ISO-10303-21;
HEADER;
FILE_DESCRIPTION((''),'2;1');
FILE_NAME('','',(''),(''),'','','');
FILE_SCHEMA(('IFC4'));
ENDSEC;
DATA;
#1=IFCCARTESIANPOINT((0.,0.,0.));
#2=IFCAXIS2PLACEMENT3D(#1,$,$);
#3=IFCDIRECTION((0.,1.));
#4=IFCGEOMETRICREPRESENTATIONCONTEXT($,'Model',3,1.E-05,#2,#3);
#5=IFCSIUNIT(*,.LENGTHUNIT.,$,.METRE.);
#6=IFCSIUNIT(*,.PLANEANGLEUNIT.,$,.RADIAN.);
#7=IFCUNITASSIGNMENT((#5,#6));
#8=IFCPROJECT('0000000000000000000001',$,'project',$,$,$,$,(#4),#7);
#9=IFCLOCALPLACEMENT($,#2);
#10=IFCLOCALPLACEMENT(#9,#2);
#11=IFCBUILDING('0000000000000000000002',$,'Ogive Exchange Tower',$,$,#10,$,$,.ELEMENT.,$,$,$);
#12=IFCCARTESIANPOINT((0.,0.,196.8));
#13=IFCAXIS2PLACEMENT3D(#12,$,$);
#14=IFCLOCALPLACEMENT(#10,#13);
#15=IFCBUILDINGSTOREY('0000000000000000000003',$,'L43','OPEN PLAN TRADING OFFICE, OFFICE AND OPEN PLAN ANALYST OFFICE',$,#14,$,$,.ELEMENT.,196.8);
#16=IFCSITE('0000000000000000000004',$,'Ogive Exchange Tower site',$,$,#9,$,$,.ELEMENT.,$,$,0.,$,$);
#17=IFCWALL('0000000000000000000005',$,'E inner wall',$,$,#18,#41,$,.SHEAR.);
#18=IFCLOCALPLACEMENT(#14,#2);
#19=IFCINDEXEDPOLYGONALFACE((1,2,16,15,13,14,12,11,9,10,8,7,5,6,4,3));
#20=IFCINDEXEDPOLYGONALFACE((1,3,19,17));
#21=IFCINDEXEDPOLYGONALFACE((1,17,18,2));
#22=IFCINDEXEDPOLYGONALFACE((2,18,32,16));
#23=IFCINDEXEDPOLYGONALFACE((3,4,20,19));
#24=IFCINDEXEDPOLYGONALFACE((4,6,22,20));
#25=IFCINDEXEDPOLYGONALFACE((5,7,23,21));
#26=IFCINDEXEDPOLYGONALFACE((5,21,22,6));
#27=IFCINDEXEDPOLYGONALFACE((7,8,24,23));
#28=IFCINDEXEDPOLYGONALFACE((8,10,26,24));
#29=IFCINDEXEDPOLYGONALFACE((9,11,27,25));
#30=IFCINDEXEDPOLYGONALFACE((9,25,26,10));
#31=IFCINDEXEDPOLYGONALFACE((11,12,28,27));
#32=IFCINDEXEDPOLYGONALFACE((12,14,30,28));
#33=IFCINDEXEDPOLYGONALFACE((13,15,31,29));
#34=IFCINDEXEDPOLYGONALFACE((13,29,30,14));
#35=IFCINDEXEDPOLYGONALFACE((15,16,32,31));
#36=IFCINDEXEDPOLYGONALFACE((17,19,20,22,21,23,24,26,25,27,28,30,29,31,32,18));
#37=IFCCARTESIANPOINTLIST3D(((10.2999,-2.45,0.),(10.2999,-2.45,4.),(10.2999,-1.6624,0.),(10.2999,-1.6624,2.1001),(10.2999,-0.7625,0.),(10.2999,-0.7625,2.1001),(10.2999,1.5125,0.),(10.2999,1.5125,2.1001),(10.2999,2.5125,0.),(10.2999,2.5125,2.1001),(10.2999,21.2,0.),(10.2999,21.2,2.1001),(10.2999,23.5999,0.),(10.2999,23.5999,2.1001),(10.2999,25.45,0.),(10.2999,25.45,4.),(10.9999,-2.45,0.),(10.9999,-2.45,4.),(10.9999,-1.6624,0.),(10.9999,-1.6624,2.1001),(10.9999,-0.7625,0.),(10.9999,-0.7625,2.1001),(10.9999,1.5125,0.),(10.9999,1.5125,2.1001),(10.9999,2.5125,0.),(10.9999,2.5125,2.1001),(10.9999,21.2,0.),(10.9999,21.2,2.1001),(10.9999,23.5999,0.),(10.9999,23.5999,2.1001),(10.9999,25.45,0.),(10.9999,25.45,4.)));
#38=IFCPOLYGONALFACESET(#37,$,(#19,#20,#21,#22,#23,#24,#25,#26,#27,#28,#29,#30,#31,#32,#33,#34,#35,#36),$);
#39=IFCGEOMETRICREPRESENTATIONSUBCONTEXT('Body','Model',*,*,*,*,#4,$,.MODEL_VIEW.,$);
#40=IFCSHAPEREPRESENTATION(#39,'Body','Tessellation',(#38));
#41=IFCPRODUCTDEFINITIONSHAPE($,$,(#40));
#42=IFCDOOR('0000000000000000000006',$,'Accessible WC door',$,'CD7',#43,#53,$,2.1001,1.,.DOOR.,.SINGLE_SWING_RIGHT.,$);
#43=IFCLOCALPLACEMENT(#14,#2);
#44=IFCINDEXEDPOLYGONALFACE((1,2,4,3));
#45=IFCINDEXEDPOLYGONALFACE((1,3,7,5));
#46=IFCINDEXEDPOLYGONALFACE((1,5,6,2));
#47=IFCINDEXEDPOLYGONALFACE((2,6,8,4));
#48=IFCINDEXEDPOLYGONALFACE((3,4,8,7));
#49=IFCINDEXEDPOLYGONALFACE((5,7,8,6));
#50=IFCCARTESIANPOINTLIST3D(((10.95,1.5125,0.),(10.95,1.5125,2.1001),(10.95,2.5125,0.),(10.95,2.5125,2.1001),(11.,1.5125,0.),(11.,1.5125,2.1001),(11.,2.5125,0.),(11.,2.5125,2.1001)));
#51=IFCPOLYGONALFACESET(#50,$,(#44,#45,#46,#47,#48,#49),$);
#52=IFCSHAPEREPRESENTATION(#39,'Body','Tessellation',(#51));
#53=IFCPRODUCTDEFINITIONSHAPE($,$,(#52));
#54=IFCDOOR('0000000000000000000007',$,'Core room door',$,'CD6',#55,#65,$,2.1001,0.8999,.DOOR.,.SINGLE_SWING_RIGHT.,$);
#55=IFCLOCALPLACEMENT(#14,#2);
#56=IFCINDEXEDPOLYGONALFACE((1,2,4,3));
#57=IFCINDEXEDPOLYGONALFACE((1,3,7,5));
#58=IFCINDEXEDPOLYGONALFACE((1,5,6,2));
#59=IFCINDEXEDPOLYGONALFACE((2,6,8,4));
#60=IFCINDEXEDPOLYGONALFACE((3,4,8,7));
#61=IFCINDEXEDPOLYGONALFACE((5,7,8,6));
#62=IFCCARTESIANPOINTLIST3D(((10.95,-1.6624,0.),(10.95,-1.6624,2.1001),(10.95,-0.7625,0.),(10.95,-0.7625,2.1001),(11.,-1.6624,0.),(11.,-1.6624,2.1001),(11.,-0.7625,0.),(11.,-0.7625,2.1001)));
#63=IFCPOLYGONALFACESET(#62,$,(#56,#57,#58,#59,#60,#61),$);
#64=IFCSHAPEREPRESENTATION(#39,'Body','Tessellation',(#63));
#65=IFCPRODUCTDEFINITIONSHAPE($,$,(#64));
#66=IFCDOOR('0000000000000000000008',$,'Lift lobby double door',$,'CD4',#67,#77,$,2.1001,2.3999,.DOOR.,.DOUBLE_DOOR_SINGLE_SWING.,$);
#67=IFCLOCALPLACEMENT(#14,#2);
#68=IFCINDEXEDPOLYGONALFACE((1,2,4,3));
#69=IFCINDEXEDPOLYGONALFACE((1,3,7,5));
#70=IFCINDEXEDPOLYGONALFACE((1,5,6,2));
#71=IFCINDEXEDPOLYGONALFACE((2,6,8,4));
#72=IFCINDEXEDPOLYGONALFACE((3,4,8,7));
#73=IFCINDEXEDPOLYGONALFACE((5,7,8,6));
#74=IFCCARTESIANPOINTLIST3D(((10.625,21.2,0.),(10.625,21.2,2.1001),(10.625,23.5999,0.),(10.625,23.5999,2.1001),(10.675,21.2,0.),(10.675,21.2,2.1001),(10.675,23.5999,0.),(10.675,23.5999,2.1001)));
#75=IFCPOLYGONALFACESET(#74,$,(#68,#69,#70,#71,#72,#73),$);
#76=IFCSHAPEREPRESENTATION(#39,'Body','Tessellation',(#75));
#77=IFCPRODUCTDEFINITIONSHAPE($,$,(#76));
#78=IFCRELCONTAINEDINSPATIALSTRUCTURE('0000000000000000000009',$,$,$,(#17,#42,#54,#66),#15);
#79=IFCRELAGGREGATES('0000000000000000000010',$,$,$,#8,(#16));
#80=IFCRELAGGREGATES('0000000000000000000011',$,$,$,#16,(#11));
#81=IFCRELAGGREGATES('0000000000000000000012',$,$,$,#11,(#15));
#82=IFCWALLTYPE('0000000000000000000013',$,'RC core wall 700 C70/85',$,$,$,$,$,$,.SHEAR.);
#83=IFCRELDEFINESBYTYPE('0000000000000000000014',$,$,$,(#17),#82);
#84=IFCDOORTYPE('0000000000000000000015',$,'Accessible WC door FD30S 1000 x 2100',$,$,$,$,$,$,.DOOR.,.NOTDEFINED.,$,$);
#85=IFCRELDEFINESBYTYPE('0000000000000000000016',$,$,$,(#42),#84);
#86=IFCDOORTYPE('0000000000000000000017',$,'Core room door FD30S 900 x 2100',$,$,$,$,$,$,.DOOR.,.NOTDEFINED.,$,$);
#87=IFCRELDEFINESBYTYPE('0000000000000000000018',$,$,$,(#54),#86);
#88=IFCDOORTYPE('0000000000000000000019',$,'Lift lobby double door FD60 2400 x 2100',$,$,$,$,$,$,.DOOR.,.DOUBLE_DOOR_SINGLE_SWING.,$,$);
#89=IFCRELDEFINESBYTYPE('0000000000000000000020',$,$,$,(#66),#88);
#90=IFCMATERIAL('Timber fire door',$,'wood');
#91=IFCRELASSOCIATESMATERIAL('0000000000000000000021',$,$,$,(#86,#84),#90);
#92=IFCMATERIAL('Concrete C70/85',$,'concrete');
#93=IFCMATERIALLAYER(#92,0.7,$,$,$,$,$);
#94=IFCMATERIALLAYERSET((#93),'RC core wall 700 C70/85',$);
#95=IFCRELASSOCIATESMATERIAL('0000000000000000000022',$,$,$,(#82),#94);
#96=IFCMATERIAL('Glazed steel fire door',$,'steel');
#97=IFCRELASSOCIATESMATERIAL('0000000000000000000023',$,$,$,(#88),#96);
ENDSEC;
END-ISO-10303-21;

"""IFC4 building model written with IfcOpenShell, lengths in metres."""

from ifc_helpers import new_model, si_unit, direction, frame, frame_2d, origin, place, context, subcontext, project, spatial, rectangle, extrude, material, layer, layer_set, type_object, element, fill, save


model = new_model("IFC4")

# Units and contexts
model_context = context("Model", 3, precision=1e-05, world=origin(), true_north=direction((0.0, 1.0)))
body_context = subcontext(model_context, "Body", "Model", "MODEL_VIEW")
ifc_project = project(units=[si_unit("LENGTHUNIT", "METRE"), si_unit("PLANEANGLEUNIT", "RADIAN")], contexts=[model_context])

# Site, building, storey
site_placement = place(None, origin())
site = spatial("IfcSite", under=ifc_project, at=site_placement, Name="Ogive Exchange Tower site", CompositionType="ELEMENT", RefElevation=0.0)
building_placement = place(site_placement, origin())
building = spatial("IfcBuilding", under=site, at=building_placement, Name="Ogive Exchange Tower", CompositionType="ELEMENT")
storey_placement = place(building_placement, frame((0.0, 0.0, 196.8)))
storey = spatial("IfcBuildingStorey", under=building, at=storey_placement, Name="L43", Description="OPEN PLAN TRADING OFFICE, OFFICE AND OPEN PLAN ANALYST OFFICE", CompositionType="ELEMENT", Elevation=196.8)

# Shared definitions
ifc_material_1 = material(Name="Concrete C70/85", Category="concrete")

# Shared definitions
ifc_material_2 = material(Name="Timber fire door", Category="wood")
door_type_1 = type_object("IfcDoorType", Name="Core room door FD30S 900 x 2100", OperationType="NOTDEFINED", PredefinedType="DOOR", material=ifc_material_2)

# Wall, openings, doors
ifc_layer_1 = layer(ifc_material_1, 0.7)
ifc_layer_set_1 = layer_set([ifc_layer_1], Name="RC core wall 700 C70/85")
wall_type_1 = type_object("IfcWallType", Name="RC core wall 700 C70/85", PredefinedType="SHEAR", material=ifc_layer_set_1)
wall_1_placement = place(storey_placement, frame((10.6499, -2.45, 0.0), z_axis=(0.0, 0.0, 1.0), x_axis=(0.0, 1.0, 0.0)))
wall_1 = element("IfcWall", 1, at=wall_1_placement, inside=storey, type_object=wall_type_1, Name="E inner wall", PredefinedType="SHEAR", context=body_context, shape_type="SweptSolid", body=[
    extrude(rectangle(XDim=27.8999, YDim=0.7, at=frame_2d((13.95, 0.0))), origin(), (0.0, 0.0, 1.0), 4.0),
])
opening_1_placement = place(wall_1_placement, frame((23.6499, 0.0, 0.0)))
opening_1 = element("IfcOpeningElement", 2, at=opening_1_placement, cuts=wall_1, PredefinedType="OPENING", context=body_context, shape_type="SweptSolid", body=[
    extrude(rectangle(XDim=2.3999, YDim=2.1001, at=frame_2d((1.2, 1.05))), frame((0.0, 0.3599, 0.0), z_axis=(0.0, -1.0, 0.0), x_axis=(1.0, 0.0, 0.0)), (0.0, 0.0, 1.0), 0.72),
])
opening_2_placement = place(wall_1_placement, frame((0.7876, 0.0, 0.0)))
opening_2 = element("IfcOpeningElement", 3, at=opening_2_placement, cuts=wall_1, PredefinedType="OPENING", context=body_context, shape_type="SweptSolid", body=[
    extrude(rectangle(XDim=0.8999, YDim=2.1001, at=frame_2d((0.45, 1.05))), frame((0.0, 0.3599, 0.0), z_axis=(0.0, -1.0, 0.0), x_axis=(1.0, 0.0, 0.0)), (0.0, 0.0, 1.0), 0.72),
])
opening_3_placement = place(wall_1_placement, frame((3.9624, 0.0, 0.0)))
opening_3 = element("IfcOpeningElement", 4, at=opening_3_placement, cuts=wall_1, PredefinedType="OPENING", context=body_context, shape_type="SweptSolid", body=[
    extrude(rectangle(XDim=1.0, YDim=2.1001, at=frame_2d((0.5, 1.05))), frame((0.0, 0.3599, 0.0), z_axis=(0.0, -1.0, 0.0), x_axis=(1.0, 0.0, 0.0)), (0.0, 0.0, 1.0), 0.72),
])
door_type_2 = type_object("IfcDoorType", Name="Accessible WC door FD30S 1000 x 2100", OperationType="NOTDEFINED", PredefinedType="DOOR", material=ifc_material_2)
door_1_placement = place(opening_3_placement, frame((1.0, -0.6499, 0.0), z_axis=(0.0, 0.0, 1.0), x_axis=(-1.0, 0.0, 0.0)))
door_1 = element("IfcDoor", 5, at=door_1_placement, inside=storey, type_object=door_type_2, Name="Accessible WC door", ObjectType="CD7", OperationType="SINGLE_SWING_RIGHT", OverallHeight=2.1001, OverallWidth=1.0, PredefinedType="DOOR", context=body_context, shape_type="SweptSolid", body=[
    extrude(rectangle(XDim=1.0, YDim=2.1001, at=frame_2d((0.5, 1.05))), frame((0.0, -0.2998, 0.0), z_axis=(0.0, -1.0, 0.0), x_axis=(1.0, 0.0, 0.0)), (0.0, 0.0, 1.0), 0.05),
])
fill(opening_3, door_1)
door_2_placement = place(opening_2_placement, frame((0.8999, -0.6499, 0.0), z_axis=(0.0, 0.0, 1.0), x_axis=(-1.0, 0.0, 0.0)))
door_2 = element("IfcDoor", 6, at=door_2_placement, inside=storey, type_object=door_type_1, Name="Core room door", ObjectType="CD6", OperationType="SINGLE_SWING_RIGHT", OverallHeight=2.1001, OverallWidth=0.8999, PredefinedType="DOOR", context=body_context, shape_type="SweptSolid", body=[
    extrude(rectangle(XDim=0.8999, YDim=2.1001, at=frame_2d((0.45, 1.05))), frame((0.0, -0.2998, 0.0), z_axis=(0.0, -1.0, 0.0), x_axis=(1.0, 0.0, 0.0)), (0.0, 0.0, 1.0), 0.05),
])
fill(opening_2, door_2)
ifc_material_3 = material(Name="Glazed steel fire door", Category="steel")
door_type_3 = type_object("IfcDoorType", Name="Lift lobby double door FD60 2400 x 2100", OperationType="DOUBLE_DOOR_SINGLE_SWING", PredefinedType="DOOR", material=ifc_material_3)
door_3_placement = place(opening_1_placement, origin())
door_3 = element("IfcDoor", 7, at=door_3_placement, inside=storey, type_object=door_type_3, Name="Lift lobby double door", ObjectType="CD4", OperationType="DOUBLE_DOOR_SINGLE_SWING", OverallHeight=2.1001, OverallWidth=2.3999, PredefinedType="DOOR", context=body_context, shape_type="SweptSolid", body=[
    extrude(rectangle(XDim=2.3999, YDim=2.1001, at=frame_2d((1.2, 1.05))), frame((0.0, 0.0249, 0.0), z_axis=(0.0, -1.0, 0.0), x_axis=(1.0, 0.0, 0.0)), (0.0, 0.0, 1.0), 0.05),
])
fill(opening_1, door_3)

save(model, "model.ifc")
